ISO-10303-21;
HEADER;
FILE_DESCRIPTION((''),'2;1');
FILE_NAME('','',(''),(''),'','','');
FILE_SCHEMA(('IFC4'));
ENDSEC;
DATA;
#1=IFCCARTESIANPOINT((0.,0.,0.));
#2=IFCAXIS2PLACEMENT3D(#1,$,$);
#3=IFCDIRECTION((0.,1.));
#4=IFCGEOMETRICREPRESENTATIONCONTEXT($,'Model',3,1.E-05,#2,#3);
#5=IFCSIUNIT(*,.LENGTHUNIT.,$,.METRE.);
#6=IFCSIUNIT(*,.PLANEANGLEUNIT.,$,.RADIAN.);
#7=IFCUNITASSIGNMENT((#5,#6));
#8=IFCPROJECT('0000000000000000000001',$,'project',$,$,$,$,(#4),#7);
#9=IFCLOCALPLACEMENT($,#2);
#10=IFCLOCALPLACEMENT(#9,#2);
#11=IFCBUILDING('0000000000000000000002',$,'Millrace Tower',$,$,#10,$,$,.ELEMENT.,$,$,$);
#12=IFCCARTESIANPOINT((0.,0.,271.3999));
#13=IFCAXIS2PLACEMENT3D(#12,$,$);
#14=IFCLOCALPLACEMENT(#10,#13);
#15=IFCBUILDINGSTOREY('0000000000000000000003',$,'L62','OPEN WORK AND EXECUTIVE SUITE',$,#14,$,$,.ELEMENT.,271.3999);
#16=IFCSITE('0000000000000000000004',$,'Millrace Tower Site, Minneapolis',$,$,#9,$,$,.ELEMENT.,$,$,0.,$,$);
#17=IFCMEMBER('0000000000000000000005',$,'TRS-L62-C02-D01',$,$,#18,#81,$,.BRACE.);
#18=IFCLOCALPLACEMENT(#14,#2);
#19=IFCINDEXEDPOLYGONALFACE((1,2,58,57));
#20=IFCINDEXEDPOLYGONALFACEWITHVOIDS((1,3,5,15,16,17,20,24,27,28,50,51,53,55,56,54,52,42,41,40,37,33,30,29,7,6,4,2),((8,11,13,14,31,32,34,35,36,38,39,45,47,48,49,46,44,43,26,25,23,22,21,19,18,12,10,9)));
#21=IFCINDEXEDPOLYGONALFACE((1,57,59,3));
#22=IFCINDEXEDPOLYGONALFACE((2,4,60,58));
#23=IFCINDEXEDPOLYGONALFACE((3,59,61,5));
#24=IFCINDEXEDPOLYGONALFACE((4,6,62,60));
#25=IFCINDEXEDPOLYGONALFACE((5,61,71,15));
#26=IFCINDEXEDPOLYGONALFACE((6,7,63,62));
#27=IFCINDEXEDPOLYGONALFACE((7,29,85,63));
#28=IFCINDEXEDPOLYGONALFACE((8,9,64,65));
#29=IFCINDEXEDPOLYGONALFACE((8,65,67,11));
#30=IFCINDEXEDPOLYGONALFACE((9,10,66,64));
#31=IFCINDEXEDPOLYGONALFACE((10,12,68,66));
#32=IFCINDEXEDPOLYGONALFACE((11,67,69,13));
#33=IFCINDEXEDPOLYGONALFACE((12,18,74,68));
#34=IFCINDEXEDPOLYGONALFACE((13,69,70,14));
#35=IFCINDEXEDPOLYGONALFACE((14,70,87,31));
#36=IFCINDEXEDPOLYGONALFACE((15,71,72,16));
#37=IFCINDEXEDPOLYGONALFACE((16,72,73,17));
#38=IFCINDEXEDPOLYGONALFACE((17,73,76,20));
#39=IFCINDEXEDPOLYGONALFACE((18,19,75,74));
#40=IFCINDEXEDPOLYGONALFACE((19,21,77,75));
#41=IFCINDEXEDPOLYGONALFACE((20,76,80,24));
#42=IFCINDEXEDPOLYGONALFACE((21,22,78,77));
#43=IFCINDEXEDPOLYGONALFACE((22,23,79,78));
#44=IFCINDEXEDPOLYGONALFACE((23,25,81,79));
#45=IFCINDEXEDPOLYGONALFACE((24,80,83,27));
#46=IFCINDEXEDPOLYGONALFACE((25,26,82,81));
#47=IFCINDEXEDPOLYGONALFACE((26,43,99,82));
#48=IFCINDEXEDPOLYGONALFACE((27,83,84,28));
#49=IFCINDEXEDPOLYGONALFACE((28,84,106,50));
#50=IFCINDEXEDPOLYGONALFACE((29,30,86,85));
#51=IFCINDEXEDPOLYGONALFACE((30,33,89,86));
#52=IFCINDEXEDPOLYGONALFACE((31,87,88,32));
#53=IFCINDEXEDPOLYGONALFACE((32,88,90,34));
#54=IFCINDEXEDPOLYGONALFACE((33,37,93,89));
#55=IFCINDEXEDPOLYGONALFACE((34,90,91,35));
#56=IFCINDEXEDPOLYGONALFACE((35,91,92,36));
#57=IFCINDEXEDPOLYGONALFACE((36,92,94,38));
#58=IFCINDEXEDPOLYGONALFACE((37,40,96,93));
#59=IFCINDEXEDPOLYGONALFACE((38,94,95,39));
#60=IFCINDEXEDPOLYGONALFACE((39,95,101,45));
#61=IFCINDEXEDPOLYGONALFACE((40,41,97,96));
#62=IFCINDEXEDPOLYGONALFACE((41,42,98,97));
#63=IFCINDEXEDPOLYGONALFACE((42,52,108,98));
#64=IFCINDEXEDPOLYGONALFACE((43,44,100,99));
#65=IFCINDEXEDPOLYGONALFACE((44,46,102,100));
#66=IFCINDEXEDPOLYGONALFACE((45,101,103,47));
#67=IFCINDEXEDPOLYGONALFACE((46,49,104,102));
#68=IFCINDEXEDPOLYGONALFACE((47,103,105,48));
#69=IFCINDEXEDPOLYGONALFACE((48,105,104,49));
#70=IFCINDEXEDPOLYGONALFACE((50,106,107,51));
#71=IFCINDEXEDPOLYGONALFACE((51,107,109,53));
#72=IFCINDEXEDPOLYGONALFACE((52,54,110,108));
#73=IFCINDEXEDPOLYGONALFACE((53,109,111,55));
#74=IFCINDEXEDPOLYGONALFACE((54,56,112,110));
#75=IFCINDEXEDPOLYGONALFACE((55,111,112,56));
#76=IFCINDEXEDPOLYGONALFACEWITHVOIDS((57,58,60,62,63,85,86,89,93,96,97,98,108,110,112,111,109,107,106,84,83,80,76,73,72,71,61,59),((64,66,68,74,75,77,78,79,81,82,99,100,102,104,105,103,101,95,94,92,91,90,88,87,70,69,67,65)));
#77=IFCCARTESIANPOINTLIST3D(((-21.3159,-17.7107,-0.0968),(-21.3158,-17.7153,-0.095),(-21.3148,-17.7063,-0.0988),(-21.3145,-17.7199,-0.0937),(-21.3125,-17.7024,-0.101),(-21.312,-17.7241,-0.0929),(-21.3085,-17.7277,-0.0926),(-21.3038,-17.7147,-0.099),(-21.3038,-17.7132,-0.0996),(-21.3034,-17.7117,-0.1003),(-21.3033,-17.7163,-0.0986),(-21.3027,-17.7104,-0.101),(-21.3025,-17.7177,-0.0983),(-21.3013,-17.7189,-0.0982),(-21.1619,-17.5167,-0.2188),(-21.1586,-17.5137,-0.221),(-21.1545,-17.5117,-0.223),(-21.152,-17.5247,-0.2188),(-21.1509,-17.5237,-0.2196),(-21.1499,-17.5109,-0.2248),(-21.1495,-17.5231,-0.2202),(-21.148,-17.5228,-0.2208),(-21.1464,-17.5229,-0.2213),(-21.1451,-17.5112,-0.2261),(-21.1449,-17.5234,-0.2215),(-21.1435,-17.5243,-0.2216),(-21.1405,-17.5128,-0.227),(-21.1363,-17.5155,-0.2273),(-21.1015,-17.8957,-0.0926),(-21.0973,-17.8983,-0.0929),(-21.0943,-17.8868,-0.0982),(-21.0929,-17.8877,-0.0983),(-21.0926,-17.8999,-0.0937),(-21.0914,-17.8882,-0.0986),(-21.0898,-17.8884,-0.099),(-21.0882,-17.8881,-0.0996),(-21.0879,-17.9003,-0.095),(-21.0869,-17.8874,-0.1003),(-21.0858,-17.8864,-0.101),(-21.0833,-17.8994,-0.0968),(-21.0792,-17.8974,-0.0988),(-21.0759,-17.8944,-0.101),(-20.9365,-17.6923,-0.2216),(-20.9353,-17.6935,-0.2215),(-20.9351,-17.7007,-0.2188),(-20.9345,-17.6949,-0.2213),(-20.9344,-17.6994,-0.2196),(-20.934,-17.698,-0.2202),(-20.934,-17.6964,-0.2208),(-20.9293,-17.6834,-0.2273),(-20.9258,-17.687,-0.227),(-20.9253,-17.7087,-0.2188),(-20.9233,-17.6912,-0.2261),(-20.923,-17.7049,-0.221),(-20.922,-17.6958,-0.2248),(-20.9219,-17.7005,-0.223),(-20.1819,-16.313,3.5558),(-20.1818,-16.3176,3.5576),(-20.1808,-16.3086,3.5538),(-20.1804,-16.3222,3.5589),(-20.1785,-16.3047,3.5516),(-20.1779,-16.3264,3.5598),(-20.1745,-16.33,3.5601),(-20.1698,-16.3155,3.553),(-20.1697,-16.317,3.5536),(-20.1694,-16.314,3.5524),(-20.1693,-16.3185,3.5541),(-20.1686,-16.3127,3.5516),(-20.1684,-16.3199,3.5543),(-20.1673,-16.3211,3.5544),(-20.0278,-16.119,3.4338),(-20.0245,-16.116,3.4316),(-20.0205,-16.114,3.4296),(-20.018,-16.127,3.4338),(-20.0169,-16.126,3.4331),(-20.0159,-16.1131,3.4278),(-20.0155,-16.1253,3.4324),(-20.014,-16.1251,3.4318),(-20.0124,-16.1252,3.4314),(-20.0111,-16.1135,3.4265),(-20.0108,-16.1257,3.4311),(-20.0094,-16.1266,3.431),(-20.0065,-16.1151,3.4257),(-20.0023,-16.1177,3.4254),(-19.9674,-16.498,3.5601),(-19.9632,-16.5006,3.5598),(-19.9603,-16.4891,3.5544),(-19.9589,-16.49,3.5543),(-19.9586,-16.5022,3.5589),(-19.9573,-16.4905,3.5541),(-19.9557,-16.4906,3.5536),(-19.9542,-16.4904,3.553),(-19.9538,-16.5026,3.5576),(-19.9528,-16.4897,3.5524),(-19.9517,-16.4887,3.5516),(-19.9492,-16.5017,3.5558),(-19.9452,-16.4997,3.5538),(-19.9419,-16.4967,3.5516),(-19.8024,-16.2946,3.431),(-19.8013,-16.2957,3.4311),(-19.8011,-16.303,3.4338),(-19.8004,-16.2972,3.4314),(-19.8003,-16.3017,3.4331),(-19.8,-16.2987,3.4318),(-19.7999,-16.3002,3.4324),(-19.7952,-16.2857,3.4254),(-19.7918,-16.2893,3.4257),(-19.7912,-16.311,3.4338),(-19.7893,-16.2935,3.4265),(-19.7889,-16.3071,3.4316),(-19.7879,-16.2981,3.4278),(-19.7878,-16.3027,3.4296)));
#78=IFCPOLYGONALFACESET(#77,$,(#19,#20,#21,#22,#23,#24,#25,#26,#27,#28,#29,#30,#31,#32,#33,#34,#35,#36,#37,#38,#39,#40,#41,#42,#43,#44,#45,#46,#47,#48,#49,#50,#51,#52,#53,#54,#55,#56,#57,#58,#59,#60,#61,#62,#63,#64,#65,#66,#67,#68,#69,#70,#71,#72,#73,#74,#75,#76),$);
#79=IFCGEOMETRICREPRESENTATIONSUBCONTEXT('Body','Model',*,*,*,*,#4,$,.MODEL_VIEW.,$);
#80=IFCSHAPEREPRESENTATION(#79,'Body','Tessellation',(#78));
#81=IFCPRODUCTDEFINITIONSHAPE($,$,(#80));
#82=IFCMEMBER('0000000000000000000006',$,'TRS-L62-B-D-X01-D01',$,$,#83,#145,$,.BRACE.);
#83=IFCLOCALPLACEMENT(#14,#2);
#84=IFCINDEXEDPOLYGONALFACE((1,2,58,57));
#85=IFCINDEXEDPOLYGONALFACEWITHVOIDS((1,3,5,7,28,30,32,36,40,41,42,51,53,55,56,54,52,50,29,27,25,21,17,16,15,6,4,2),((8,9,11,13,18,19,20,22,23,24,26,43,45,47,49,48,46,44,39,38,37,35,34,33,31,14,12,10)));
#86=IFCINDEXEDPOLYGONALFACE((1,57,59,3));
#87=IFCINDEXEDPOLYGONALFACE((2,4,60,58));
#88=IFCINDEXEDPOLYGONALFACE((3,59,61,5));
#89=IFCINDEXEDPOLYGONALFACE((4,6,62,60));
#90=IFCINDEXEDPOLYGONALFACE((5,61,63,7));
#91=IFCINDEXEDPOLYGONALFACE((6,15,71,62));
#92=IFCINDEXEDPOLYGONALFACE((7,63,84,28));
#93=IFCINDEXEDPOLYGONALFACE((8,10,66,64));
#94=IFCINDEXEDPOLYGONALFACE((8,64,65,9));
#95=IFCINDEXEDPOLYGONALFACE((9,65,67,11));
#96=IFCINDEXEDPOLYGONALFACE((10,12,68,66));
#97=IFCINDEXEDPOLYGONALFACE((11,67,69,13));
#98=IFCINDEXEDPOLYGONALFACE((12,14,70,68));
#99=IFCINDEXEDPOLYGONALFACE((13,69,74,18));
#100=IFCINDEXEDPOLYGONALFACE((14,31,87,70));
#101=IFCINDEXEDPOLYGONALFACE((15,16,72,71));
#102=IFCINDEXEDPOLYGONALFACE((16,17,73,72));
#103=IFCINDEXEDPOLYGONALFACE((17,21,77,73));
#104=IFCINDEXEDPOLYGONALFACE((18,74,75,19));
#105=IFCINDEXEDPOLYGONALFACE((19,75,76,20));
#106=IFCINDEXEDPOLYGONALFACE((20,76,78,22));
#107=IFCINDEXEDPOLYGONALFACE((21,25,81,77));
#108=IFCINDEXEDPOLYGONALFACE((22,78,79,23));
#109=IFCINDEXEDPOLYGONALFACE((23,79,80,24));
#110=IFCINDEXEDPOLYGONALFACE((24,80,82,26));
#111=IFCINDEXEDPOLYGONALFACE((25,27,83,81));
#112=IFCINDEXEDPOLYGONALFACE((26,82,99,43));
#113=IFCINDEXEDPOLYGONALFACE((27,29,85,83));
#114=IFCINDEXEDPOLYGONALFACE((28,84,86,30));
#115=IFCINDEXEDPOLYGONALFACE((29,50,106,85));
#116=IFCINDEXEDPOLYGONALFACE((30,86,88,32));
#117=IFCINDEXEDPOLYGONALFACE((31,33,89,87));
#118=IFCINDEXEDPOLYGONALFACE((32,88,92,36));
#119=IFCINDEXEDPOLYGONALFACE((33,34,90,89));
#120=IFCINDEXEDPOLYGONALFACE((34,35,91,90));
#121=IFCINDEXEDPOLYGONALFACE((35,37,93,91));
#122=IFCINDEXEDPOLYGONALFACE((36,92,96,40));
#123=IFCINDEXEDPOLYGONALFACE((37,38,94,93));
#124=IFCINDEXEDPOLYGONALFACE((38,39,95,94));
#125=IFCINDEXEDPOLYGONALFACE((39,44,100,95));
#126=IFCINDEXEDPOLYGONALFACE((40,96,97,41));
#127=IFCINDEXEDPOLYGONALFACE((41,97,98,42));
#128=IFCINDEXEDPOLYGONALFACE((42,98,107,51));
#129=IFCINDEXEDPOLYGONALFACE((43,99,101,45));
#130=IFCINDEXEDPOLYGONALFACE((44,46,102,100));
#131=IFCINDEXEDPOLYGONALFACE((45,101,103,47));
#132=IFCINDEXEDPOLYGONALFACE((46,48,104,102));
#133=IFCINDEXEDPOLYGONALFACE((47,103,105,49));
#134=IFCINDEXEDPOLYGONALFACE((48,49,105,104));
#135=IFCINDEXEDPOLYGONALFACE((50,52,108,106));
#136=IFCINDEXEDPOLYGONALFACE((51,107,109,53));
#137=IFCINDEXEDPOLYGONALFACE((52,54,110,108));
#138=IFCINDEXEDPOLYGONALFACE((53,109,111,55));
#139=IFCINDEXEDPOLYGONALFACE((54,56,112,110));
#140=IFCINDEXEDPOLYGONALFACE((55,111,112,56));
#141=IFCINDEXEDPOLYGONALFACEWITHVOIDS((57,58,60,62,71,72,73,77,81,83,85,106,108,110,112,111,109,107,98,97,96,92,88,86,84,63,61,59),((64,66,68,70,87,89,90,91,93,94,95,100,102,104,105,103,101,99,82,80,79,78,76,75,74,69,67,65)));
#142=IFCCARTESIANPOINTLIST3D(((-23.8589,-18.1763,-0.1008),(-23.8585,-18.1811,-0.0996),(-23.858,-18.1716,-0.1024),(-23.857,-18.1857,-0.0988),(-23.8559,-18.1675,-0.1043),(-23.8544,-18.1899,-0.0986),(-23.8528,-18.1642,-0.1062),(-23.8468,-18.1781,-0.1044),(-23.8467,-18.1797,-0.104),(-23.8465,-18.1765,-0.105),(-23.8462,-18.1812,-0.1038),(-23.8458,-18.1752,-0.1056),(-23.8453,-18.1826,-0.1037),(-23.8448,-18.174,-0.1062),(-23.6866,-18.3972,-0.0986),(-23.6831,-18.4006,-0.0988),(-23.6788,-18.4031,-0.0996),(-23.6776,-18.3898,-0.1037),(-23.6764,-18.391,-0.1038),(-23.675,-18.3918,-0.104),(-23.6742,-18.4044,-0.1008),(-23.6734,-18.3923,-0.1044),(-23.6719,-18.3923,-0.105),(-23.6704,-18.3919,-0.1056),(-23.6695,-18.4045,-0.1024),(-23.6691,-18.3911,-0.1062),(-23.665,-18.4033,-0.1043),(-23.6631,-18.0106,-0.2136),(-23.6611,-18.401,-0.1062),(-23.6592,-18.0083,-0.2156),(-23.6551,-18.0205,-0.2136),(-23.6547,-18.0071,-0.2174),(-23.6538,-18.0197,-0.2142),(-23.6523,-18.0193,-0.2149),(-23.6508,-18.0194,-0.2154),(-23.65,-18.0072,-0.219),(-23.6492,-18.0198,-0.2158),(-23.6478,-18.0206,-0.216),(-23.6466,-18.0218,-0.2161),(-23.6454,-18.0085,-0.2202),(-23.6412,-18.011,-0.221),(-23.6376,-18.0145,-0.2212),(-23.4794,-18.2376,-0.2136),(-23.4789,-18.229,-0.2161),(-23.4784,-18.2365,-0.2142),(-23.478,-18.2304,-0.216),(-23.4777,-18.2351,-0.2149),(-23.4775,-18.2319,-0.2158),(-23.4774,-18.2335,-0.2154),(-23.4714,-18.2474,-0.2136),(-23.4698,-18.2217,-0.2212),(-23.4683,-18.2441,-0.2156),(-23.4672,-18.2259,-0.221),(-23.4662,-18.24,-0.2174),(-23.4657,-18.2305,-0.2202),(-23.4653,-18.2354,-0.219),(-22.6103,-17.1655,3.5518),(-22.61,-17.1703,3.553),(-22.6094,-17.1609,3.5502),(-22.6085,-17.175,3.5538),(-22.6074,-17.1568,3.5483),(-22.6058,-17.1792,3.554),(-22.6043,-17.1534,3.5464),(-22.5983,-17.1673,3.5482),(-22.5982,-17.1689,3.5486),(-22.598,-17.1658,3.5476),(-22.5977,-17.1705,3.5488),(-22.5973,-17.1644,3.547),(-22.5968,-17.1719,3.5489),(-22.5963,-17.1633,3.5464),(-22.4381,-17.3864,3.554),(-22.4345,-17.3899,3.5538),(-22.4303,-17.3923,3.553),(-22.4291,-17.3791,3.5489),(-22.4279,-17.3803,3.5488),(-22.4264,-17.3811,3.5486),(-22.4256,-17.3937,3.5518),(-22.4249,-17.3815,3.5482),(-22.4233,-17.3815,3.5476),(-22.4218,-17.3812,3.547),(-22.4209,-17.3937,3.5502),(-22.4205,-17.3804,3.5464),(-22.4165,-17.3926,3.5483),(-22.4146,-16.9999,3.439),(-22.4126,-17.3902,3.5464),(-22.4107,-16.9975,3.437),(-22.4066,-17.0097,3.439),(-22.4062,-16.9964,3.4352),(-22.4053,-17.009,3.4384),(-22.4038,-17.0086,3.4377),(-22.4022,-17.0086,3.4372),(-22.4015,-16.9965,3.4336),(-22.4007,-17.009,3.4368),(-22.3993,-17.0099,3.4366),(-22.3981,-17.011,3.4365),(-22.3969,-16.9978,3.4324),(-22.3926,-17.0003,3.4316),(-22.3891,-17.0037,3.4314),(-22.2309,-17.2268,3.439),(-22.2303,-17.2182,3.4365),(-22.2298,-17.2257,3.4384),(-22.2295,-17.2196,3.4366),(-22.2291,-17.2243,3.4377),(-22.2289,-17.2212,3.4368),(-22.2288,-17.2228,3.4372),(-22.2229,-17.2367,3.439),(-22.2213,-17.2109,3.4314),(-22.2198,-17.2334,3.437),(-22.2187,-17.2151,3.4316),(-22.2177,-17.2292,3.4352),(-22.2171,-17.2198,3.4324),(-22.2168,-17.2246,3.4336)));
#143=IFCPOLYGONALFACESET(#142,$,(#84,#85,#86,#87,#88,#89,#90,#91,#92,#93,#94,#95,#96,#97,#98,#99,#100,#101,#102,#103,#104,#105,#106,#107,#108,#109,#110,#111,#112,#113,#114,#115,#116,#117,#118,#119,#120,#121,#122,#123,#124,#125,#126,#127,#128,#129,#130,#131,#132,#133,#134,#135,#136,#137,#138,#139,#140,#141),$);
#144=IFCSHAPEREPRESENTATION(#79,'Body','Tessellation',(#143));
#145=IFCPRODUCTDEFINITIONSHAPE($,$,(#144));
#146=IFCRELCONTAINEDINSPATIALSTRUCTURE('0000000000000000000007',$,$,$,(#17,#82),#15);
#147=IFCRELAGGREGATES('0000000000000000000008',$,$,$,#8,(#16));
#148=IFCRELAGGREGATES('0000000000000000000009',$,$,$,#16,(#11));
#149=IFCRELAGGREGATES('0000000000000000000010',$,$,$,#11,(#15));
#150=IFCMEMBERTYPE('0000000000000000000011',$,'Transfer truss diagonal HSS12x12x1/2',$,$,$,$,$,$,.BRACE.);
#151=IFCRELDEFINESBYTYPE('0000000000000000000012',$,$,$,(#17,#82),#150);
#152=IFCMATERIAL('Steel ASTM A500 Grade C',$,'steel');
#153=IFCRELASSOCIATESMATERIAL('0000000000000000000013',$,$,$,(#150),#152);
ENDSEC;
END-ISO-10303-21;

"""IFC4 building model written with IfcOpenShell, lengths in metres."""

from ifc_helpers import new_model, si_unit, direction, frame, origin, origin_2d, place, context, subcontext, project, spatial, hollow_rectangle, extrude, material, material_profile, profile_set, type_object, element, save


model = new_model("IFC4")

# Units and contexts
model_context = context("Model", 3, precision=1e-05, world=origin(), true_north=direction((0.0, 1.0)))
body_context = subcontext(model_context, "Body", "Model", "MODEL_VIEW")
ifc_project = project(units=[si_unit("LENGTHUNIT", "METRE"), si_unit("PLANEANGLEUNIT", "RADIAN")], contexts=[model_context])

# Site, building, storey
site_placement = place(None, origin())
site = spatial("IfcSite", under=ifc_project, at=site_placement, Name="Millrace Tower Site, Minneapolis", CompositionType="ELEMENT", RefElevation=0.0)
building_placement = place(site_placement, origin())
building = spatial("IfcBuilding", under=site, at=building_placement, Name="Millrace Tower", CompositionType="ELEMENT")
storey_placement = place(building_placement, frame((0.0, 0.0, 271.3999)))
storey = spatial("IfcBuildingStorey", under=building, at=storey_placement, Name="L62", Description="OPEN WORK AND EXECUTIVE SUITE", CompositionType="ELEMENT", Elevation=271.3999)

# Members
ifc_material_1 = material(Name="Steel ASTM A500 Grade C", Category="steel")
ifc_material_profile_1 = material_profile(ifc_material_1, hollow_rectangle(XDim=0.3047, YDim=0.3047, WallThickness=0.0127, InnerFilletRadius=0.0063, OuterFilletRadius=0.019, at=origin_2d()))
ifc_profile_set_1 = profile_set([ifc_material_profile_1], Name="Steel ASTM A500 Grade C")
member_type_1 = type_object("IfcMemberType", Name="Transfer truss diagonal HSS12x12x1/2", PredefinedType="BRACE", material=ifc_profile_set_1)
member_1_placement = place(storey_placement, frame((-21.1189, -17.7056, -0.1599), z_axis=(0.278497, 0.34325, 0.897006), x_axis=(-0.776549, 0.630056, 0.0)))
element("IfcMember", 1, at=member_1_placement, inside=storey, type_object=member_type_1, Name="TRS-L62-C02-D01", PredefinedType="BRACE", context=body_context, shape_type="SweptSolid", body=[
    extrude(hollow_rectangle(XDim=0.3047, YDim=0.3047, WallThickness=0.0127, InnerFilletRadius=0.0063, OuterFilletRadius=0.019, at=origin_2d()), origin(), (0.0, 0.0, 1.0), 4.072),
])
member_2_placement = place(storey_placement, frame((-23.6621, -18.2058, -0.1599), z_axis=(0.312899, 0.253305, 0.915386), x_axis=(-0.629207, 0.777238, 0.0)))
element("IfcMember", 2, at=member_2_placement, inside=storey, type_object=member_type_1, Name="TRS-L62-B-D-X01-D01", PredefinedType="BRACE", context=body_context, shape_type="SweptSolid", body=[
    extrude(hollow_rectangle(XDim=0.3047, YDim=0.3047, WallThickness=0.0127, InnerFilletRadius=0.0063, OuterFilletRadius=0.019, at=origin_2d()), origin(), (0.0, 0.0, 1.0), 3.9902),
])

save(model, "model.ifc")
